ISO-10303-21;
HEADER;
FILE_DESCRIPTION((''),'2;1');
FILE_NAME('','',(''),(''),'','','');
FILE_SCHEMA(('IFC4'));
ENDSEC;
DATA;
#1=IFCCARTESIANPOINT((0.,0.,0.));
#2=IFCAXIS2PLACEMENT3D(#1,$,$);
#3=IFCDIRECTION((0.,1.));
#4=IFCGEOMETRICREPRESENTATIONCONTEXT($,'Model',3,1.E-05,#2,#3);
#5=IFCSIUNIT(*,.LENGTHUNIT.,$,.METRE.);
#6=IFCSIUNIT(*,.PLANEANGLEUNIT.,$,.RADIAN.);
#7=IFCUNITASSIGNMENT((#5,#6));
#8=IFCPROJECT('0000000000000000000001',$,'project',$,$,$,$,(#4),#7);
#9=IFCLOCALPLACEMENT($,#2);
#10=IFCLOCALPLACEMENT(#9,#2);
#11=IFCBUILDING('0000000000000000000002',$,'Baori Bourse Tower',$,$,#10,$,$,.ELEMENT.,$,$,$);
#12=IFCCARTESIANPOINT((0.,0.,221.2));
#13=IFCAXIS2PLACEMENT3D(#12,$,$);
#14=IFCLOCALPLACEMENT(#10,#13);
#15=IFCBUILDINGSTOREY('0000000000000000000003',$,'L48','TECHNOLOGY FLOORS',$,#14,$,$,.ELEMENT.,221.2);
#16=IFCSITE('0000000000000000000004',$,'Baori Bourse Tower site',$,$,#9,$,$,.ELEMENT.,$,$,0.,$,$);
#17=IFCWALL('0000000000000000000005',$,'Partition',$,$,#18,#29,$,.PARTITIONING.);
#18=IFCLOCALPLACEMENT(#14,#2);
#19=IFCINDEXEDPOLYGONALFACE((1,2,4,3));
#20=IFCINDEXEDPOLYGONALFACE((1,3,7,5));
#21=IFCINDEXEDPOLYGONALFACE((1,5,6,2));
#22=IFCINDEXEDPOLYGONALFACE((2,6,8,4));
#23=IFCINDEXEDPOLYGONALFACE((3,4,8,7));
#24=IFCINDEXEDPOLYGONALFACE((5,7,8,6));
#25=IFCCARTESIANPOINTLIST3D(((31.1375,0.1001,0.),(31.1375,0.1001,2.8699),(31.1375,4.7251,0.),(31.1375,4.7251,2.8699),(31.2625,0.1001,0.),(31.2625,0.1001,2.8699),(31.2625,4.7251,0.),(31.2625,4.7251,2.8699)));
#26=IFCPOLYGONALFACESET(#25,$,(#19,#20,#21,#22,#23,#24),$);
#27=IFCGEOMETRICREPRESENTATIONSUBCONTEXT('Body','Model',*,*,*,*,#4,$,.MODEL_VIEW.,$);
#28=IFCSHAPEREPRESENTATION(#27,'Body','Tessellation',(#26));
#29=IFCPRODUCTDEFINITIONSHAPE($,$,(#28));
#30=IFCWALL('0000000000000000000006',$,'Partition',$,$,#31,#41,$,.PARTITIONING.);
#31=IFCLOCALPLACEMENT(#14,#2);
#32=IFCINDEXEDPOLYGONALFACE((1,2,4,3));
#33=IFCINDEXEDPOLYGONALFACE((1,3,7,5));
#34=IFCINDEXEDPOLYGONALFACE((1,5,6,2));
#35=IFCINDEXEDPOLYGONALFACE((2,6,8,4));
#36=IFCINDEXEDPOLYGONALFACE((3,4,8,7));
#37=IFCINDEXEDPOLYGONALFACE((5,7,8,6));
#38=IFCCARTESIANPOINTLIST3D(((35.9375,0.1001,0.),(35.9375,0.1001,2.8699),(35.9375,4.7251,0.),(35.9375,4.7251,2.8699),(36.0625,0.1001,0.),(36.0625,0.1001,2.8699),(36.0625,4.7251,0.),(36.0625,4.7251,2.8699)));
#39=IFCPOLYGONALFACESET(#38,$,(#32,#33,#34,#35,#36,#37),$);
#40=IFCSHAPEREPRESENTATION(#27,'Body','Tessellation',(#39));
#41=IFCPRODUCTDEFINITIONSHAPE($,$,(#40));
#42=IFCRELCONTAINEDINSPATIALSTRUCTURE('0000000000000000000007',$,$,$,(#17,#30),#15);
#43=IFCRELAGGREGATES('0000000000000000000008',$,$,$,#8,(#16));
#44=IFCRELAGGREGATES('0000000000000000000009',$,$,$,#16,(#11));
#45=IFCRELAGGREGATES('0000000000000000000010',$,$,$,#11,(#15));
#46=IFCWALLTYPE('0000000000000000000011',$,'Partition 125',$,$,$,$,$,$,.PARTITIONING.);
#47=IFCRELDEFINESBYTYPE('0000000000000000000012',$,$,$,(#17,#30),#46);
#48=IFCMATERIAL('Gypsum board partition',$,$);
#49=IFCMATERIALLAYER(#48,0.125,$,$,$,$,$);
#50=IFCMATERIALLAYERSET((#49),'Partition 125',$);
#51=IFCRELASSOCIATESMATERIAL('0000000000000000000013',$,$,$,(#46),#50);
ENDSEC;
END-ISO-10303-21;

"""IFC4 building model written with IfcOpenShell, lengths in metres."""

from ifc_helpers import new_model, si_unit, direction, frame, frame_2d, origin, place, context, subcontext, project, spatial, rectangle, extrude, material, layer, layer_set, type_object, element, save


model = new_model("IFC4")

# Units and contexts
model_context = context("Model", 3, precision=1e-05, world=origin(), true_north=direction((0.0, 1.0)))
body_context = subcontext(model_context, "Body", "Model", "MODEL_VIEW")
ifc_project = project(units=[si_unit("LENGTHUNIT", "METRE"), si_unit("PLANEANGLEUNIT", "RADIAN")], contexts=[model_context])

# Site, building, storey
site_placement = place(None, origin())
site = spatial("IfcSite", under=ifc_project, at=site_placement, Name="Baori Bourse Tower site", CompositionType="ELEMENT", RefElevation=0.0)
building_placement = place(site_placement, origin())
building = spatial("IfcBuilding", under=site, at=building_placement, Name="Baori Bourse Tower", CompositionType="ELEMENT")
storey_placement = place(building_placement, frame((0.0, 0.0, 221.2)))
storey = spatial("IfcBuildingStorey", under=building, at=storey_placement, Name="L48", Description="TECHNOLOGY FLOORS", CompositionType="ELEMENT", Elevation=221.2)

# Walls
ifc_material_1 = material(Name="Gypsum board partition")
ifc_layer_1 = layer(ifc_material_1, 0.125)
ifc_layer_set_1 = layer_set([ifc_layer_1], Name="Partition 125")
wall_type_1 = type_object("IfcWallType", Name="Partition 125", PredefinedType="PARTITIONING", material=ifc_layer_set_1)
for number, where, z_axis, x_axis, name in (
    (1, (31.2, 0.1001, 0.0), (0.0, 0.0, 1.0), (0.0, 1.0, 0.0), "Partition"),
    (2, (36.0, 0.1001, 0.0), (0.0, 0.0, 1.0), (0.0, 1.0, 0.0), "Partition"),
):
    element("IfcWall", number, at=place(storey_placement, frame(where, z_axis=z_axis, x_axis=x_axis)), inside=storey, type_object=wall_type_1, Name=name, PredefinedType="PARTITIONING", context=body_context, shape_type="SweptSolid", body=[
        extrude(rectangle(XDim=4.625, YDim=0.125, at=frame_2d((2.3125, 0.0))), origin(), (0.0, 0.0, 1.0), 2.8699),
    ])

save(model, "model.ifc")
